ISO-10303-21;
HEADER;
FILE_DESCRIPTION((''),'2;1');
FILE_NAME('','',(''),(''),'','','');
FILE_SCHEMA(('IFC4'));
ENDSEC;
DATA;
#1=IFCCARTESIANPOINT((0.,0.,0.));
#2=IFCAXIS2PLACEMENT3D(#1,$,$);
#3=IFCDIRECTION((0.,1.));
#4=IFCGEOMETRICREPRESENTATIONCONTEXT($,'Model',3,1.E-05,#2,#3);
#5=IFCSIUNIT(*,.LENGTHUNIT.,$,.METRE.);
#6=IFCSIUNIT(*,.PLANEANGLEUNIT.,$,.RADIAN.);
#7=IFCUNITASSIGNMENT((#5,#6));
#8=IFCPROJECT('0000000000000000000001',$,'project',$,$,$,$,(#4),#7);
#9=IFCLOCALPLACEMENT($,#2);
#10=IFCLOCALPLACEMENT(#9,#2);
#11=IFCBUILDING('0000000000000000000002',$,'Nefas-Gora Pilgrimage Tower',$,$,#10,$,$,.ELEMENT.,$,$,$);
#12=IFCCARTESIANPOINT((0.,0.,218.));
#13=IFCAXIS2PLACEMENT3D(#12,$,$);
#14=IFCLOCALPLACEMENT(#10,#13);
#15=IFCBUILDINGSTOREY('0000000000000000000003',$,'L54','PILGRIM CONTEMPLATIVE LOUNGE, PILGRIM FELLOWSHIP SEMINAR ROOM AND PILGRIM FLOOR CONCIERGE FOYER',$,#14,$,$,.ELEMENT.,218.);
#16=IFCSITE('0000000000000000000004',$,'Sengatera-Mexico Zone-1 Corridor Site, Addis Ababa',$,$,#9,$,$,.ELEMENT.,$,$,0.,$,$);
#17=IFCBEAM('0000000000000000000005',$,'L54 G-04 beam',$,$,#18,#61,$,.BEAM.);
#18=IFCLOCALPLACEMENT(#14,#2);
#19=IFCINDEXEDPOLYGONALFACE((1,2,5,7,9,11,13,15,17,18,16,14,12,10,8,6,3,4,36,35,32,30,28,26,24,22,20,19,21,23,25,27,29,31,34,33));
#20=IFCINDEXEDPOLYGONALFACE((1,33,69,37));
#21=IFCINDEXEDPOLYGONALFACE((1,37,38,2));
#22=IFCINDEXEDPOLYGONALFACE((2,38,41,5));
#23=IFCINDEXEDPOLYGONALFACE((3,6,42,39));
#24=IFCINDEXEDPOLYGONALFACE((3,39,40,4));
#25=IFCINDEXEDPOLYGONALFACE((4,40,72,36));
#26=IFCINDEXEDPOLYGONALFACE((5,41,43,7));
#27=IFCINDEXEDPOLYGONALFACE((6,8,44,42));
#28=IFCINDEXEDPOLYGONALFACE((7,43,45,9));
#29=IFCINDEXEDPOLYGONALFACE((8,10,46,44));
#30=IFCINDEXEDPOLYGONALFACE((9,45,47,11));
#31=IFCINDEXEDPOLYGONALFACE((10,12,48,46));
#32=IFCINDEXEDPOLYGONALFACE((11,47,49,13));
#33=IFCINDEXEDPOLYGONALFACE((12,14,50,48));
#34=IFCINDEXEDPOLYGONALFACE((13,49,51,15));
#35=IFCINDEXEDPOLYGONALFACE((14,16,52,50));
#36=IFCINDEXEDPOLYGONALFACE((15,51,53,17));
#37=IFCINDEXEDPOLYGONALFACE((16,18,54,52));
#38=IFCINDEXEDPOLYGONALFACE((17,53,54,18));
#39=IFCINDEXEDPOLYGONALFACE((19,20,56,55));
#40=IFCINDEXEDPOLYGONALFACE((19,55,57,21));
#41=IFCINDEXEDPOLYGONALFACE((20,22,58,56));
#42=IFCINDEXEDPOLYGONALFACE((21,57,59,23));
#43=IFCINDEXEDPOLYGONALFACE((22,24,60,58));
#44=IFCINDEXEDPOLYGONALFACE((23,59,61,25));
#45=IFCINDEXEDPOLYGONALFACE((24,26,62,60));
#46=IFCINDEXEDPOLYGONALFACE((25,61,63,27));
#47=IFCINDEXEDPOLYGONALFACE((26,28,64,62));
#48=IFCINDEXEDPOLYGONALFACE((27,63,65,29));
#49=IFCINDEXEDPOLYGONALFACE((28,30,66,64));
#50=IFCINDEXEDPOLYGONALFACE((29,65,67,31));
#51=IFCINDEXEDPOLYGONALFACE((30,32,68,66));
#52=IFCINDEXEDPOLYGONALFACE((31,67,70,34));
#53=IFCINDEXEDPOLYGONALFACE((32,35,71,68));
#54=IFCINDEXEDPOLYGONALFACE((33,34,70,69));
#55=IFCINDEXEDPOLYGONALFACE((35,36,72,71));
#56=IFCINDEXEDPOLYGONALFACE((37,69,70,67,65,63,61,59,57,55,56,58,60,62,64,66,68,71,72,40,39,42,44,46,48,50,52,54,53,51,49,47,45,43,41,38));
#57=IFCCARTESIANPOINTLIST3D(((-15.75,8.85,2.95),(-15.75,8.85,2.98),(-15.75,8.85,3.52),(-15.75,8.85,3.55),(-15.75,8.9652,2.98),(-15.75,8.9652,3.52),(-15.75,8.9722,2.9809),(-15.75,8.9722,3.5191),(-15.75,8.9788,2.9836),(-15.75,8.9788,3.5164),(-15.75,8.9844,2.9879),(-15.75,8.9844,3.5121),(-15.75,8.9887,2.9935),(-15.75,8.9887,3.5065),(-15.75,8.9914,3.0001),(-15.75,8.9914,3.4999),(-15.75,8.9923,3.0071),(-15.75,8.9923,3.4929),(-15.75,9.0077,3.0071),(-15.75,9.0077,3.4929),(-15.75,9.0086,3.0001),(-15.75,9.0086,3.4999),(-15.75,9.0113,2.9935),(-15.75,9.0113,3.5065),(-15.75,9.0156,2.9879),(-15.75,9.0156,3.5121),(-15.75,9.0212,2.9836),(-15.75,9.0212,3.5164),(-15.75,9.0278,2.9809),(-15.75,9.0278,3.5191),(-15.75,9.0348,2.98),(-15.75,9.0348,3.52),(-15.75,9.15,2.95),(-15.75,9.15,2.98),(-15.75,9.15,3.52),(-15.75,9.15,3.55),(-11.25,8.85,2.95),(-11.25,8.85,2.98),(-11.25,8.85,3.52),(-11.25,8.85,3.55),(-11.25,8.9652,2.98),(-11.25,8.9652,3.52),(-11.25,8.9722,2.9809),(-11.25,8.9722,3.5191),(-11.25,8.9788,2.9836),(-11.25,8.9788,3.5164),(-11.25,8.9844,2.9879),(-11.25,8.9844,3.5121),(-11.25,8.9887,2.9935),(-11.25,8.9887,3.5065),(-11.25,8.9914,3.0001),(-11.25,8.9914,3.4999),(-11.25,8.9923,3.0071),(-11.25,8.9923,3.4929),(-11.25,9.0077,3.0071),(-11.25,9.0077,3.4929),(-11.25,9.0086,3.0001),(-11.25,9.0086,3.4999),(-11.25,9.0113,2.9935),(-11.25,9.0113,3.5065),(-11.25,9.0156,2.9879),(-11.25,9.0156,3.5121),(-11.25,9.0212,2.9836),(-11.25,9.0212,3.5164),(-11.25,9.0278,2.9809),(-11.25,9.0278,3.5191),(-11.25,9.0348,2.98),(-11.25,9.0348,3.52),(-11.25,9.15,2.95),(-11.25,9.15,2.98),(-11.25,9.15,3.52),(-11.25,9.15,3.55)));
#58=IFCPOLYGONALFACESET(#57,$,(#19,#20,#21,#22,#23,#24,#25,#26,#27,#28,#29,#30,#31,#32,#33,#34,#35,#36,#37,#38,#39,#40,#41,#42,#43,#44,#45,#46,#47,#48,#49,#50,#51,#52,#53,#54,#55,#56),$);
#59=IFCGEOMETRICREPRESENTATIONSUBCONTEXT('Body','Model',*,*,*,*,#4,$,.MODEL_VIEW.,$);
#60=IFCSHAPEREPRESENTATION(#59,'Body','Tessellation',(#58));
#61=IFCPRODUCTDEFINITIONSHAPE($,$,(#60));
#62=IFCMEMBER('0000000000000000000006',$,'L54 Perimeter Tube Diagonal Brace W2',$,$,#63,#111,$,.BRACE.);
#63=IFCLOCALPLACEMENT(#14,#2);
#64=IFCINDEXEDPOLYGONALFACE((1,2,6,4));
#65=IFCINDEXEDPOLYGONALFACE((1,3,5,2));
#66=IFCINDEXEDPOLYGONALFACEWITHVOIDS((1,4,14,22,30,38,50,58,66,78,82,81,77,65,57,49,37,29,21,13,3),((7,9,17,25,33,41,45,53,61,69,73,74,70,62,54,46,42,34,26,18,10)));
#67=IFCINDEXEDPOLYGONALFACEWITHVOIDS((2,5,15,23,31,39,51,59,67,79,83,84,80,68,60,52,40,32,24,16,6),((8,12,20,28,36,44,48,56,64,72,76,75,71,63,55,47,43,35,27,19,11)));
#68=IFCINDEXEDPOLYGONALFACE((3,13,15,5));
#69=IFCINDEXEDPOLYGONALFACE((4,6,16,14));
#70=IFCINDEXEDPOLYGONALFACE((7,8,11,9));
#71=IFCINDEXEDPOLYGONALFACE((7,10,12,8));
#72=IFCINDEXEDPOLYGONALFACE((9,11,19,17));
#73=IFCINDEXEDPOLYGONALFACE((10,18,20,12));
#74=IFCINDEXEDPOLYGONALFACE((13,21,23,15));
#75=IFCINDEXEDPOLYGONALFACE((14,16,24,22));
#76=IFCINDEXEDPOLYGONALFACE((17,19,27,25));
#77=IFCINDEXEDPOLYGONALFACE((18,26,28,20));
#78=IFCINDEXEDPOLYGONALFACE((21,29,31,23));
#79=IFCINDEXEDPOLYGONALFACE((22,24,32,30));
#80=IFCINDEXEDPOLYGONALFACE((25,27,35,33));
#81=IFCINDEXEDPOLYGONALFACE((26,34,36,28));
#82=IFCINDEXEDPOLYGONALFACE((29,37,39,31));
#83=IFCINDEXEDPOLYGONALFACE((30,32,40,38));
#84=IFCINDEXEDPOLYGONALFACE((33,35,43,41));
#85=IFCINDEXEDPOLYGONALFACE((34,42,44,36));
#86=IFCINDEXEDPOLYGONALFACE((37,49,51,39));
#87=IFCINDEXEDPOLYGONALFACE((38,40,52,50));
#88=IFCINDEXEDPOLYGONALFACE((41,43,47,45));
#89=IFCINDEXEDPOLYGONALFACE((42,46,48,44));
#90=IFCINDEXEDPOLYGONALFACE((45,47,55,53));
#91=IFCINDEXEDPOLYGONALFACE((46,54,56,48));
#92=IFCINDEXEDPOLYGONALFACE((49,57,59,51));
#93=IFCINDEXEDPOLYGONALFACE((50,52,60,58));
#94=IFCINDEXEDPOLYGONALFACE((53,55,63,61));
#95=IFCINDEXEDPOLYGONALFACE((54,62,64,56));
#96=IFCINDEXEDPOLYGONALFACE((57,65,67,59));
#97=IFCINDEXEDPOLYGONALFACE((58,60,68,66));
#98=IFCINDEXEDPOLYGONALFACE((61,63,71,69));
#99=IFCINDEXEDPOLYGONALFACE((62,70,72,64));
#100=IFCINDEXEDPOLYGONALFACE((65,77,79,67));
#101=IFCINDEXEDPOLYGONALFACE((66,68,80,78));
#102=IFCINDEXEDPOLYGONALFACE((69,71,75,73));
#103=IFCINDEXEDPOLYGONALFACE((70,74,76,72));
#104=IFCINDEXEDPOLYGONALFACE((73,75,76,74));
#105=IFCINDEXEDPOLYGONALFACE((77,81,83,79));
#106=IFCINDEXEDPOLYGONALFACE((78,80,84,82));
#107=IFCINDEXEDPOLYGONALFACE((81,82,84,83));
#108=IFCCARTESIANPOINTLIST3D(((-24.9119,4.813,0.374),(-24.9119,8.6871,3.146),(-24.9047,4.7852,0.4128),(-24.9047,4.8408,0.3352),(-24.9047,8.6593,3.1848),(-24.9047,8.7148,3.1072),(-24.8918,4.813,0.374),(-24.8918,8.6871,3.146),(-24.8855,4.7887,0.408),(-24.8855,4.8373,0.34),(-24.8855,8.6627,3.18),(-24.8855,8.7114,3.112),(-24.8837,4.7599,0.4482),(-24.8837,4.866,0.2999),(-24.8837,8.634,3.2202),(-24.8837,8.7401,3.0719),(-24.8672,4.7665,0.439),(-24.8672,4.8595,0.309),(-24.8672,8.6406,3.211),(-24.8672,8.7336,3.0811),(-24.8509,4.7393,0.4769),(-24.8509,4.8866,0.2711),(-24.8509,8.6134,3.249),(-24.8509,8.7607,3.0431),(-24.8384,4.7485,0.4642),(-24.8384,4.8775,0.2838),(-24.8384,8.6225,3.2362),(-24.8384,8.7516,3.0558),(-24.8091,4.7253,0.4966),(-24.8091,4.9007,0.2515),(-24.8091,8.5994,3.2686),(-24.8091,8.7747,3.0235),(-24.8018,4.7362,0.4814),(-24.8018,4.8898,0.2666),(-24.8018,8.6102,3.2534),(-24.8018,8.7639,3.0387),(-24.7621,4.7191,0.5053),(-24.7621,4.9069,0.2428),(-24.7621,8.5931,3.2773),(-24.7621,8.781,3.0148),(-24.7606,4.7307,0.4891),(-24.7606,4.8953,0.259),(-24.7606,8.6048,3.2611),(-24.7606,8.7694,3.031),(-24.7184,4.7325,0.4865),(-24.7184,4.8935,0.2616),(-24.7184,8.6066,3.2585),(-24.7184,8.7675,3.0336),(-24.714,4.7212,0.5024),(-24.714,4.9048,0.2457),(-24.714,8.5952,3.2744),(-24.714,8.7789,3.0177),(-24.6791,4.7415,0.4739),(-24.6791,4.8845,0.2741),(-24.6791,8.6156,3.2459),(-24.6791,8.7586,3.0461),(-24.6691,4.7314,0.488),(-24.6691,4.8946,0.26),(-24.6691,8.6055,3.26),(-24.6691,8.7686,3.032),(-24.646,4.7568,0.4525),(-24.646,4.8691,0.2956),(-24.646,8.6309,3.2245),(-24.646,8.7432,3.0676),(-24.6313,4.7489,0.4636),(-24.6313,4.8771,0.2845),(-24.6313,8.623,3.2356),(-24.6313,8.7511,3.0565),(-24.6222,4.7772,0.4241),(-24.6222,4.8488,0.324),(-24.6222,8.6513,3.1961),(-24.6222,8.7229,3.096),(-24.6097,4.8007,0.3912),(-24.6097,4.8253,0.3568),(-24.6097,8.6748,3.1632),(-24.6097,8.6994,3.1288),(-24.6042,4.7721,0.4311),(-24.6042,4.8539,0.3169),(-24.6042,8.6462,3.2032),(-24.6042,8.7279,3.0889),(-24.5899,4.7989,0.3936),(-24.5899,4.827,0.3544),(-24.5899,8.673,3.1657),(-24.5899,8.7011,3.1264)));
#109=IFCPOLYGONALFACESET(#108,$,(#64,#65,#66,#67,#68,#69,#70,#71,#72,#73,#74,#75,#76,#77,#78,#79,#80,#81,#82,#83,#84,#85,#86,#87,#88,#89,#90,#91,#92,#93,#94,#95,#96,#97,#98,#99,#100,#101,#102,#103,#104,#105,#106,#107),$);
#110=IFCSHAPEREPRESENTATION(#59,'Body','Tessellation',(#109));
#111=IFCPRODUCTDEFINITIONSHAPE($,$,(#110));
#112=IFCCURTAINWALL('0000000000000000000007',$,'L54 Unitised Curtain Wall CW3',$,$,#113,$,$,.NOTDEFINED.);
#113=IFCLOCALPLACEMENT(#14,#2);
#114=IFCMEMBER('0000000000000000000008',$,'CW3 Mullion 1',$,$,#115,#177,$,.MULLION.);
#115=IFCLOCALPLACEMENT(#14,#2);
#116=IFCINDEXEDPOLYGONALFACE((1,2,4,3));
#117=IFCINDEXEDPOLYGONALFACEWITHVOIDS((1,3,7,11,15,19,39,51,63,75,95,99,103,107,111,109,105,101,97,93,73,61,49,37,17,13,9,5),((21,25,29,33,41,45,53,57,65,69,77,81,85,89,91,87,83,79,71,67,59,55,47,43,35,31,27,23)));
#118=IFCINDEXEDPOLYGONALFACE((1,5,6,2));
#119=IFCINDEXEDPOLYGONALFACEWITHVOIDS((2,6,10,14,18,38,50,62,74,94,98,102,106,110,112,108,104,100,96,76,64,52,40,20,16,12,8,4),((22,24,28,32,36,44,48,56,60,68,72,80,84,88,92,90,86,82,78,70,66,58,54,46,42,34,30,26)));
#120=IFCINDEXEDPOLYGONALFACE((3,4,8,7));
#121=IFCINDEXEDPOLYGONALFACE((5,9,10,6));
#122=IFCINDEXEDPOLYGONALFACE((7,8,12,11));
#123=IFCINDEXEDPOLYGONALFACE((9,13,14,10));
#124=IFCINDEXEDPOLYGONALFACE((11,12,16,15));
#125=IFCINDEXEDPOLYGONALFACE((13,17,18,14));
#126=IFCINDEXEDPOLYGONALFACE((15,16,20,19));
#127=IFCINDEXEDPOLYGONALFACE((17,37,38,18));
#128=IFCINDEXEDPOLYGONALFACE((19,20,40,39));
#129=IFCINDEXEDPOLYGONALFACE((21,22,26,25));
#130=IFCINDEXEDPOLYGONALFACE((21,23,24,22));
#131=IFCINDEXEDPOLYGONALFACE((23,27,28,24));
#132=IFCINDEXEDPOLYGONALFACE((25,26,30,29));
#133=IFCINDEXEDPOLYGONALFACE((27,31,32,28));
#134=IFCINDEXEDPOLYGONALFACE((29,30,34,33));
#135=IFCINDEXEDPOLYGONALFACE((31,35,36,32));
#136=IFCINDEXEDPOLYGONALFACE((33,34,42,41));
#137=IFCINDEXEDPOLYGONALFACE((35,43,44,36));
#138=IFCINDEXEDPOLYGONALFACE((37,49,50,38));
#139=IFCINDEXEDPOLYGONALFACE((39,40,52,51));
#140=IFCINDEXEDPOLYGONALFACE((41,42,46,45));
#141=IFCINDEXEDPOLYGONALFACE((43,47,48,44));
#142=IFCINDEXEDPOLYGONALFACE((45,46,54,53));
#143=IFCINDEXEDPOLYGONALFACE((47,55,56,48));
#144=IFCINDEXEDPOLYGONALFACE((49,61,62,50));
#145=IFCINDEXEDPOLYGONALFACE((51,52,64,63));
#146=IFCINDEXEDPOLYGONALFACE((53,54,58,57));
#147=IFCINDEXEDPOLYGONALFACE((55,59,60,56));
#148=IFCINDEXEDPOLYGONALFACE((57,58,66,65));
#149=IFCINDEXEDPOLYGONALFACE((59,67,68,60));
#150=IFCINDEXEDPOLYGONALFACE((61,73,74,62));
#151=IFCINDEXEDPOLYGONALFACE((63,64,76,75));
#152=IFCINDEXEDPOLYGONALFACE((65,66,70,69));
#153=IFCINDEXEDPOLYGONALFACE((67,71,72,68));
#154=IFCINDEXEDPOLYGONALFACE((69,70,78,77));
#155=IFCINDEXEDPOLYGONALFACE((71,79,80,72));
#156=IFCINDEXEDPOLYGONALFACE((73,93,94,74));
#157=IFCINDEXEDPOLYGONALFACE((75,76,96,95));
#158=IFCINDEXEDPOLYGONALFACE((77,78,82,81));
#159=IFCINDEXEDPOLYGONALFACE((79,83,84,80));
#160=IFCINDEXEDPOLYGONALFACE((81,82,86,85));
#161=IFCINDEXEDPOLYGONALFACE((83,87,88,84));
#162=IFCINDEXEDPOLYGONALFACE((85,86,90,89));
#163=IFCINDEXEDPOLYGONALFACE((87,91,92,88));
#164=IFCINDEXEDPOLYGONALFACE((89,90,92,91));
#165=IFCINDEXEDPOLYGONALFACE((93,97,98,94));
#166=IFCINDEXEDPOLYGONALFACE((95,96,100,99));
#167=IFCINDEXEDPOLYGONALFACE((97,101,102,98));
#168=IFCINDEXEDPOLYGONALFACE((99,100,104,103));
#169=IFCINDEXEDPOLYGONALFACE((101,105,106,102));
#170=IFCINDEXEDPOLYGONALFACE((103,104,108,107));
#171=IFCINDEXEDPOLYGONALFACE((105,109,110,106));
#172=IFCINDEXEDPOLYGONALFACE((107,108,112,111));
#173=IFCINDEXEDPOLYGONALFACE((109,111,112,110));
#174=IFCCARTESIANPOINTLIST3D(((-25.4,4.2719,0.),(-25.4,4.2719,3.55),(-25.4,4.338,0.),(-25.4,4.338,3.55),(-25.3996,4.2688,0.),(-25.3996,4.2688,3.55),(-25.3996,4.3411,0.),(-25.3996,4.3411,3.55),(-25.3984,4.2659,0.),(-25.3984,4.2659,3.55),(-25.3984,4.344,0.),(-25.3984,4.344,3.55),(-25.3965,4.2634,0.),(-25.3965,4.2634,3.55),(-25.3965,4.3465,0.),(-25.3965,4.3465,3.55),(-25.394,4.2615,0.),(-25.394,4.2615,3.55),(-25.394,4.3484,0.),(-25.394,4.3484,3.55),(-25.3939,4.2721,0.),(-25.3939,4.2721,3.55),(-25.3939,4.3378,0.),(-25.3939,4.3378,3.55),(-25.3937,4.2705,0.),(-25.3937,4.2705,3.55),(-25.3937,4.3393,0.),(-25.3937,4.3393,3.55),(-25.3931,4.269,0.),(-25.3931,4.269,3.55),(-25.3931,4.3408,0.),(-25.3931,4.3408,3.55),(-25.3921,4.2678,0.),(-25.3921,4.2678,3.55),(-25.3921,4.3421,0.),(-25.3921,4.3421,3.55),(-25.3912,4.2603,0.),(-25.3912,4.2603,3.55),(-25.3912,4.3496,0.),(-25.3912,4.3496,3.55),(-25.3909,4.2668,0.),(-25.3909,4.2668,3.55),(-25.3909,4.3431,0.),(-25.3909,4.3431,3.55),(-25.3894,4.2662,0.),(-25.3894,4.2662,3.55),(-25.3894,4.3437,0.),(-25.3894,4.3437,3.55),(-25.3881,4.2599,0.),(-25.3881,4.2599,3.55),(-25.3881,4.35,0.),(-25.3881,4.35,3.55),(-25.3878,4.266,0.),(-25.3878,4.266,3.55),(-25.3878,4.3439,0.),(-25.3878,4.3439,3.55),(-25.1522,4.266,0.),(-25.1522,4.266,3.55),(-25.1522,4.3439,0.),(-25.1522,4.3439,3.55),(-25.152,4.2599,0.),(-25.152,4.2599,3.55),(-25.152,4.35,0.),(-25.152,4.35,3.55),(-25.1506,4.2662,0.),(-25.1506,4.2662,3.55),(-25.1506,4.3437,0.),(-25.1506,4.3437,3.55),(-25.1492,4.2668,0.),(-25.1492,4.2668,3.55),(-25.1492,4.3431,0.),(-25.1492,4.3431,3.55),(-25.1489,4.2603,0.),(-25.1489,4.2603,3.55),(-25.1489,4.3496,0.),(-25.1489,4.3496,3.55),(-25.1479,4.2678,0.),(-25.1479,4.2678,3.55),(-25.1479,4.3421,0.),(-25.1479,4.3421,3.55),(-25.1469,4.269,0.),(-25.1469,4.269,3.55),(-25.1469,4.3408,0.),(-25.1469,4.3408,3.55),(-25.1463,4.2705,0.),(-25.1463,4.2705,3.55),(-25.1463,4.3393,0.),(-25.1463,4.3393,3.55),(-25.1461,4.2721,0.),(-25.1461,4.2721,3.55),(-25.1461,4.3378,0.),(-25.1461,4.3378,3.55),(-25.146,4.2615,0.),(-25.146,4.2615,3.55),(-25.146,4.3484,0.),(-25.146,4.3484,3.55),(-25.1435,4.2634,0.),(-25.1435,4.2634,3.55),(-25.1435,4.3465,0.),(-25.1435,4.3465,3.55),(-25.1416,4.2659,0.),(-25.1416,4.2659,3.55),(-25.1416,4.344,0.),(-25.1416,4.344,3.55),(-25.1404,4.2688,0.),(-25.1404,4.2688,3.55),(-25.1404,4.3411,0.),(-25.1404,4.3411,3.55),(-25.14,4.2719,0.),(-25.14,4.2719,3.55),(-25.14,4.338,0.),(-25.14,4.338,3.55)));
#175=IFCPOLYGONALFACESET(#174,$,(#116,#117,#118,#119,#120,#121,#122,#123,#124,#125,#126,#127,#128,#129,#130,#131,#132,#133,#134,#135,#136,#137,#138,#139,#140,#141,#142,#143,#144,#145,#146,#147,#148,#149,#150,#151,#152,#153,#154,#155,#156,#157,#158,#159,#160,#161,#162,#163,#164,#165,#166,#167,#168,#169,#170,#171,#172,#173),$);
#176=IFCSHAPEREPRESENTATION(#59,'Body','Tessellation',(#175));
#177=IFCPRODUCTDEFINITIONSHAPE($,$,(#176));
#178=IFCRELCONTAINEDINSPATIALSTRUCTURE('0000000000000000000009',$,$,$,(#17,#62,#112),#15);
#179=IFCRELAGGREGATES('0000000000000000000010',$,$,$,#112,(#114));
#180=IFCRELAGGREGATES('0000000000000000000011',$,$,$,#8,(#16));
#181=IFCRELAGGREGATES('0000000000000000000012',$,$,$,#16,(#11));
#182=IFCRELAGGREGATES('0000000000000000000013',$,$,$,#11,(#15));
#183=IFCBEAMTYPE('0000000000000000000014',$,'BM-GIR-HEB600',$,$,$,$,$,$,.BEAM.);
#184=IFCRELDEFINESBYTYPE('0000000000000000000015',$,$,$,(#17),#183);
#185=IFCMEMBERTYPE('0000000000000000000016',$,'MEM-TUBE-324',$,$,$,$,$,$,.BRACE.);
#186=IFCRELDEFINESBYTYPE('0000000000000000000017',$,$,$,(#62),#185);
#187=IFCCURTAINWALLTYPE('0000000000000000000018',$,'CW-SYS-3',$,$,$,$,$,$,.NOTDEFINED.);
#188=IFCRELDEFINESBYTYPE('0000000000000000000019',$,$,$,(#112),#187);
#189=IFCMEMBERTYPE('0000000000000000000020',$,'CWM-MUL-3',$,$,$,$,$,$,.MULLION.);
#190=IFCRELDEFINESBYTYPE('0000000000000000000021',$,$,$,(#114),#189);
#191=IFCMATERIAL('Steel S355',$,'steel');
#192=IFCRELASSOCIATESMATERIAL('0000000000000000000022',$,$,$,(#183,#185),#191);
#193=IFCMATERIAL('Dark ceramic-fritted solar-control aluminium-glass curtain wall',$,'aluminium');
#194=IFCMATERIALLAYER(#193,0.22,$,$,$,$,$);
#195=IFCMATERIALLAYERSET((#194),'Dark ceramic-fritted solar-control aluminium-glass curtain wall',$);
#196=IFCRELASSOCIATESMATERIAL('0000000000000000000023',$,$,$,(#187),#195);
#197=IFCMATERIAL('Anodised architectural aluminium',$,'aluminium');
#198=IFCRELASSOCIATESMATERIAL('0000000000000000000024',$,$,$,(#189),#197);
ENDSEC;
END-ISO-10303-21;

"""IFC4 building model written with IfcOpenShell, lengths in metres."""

from ifc_helpers import new_model, si_unit, direction, frame, origin, origin_2d, place, context, subcontext, project, spatial, hollow_rectangle, hollow_circle, i_section, extrude, source, transform, mapped, material, layer, layer_set, material_profile, profile_set, type_object, element, aggregate, save


model = new_model("IFC4")

# Units and contexts
model_context = context("Model", 3, precision=1e-05, world=origin(), true_north=direction((0.0, 1.0)))
body_context = subcontext(model_context, "Body", "Model", "MODEL_VIEW")
ifc_project = project(units=[si_unit("LENGTHUNIT", "METRE"), si_unit("PLANEANGLEUNIT", "RADIAN")], contexts=[model_context])

# Site, building, storey
site_placement = place(None, origin())
site = spatial("IfcSite", under=ifc_project, at=site_placement, Name="Sengatera-Mexico Zone-1 Corridor Site, Addis Ababa", CompositionType="ELEMENT", RefElevation=0.0)
building_placement = place(site_placement, origin())
building = spatial("IfcBuilding", under=site, at=building_placement, Name="Nefas-Gora Pilgrimage Tower", CompositionType="ELEMENT")
storey_placement = place(building_placement, frame((0.0, 0.0, 218.0)))
storey = spatial("IfcBuildingStorey", under=building, at=storey_placement, Name="L54", Description="PILGRIM CONTEMPLATIVE LOUNGE, PILGRIM FELLOWSHIP SEMINAR ROOM AND PILGRIM FLOOR CONCIERGE FOYER", CompositionType="ELEMENT", Elevation=218.0)

# Beam
ifc_material_1 = material(Name="Steel S355", Category="steel")
ifc_material_profile_1 = material_profile(ifc_material_1, i_section(OverallWidth=0.3, OverallDepth=0.6001, WebThickness=0.0154, FlangeThickness=0.03, FilletRadius=0.0271, at=origin_2d()), Name="HEB 600")
ifc_profile_set_1 = profile_set([ifc_material_profile_1], Name="Steel S355")
beam_type_1 = type_object("IfcBeamType", Name="BM-GIR-HEB600", PredefinedType="BEAM", material=ifc_profile_set_1)
shared_shape_1 = source(origin(), body_context, "Body", "SweptSolid", [
    extrude(i_section(OverallWidth=0.3, OverallDepth=0.6001, WebThickness=0.0154, FlangeThickness=0.03, FilletRadius=0.0271, at=origin_2d()), origin(), (0.0, 0.0, 1.0), 4.5),
])
for number, where, z_axis, x_axis, name in (
    (1, (-15.75, 9.0, 3.25), (1.0, 0.0, 0.0), (0.0, 1.0, 0.0), "L54 G-04 beam"),
):
    element("IfcBeam", number, at=place(storey_placement, frame(where, z_axis=z_axis, x_axis=x_axis)), inside=storey, type_object=beam_type_1, Name=name, PredefinedType="BEAM", context=body_context, shape_type="MappedRepresentation", body=[
        mapped(shared_shape_1, transform((0.0, 0.0, 0.0), x_axis=(1.0, 0.0, 0.0), y_axis=(0.0, 1.0, 0.0), z_axis=(0.0, 0.0, 1.0), scale=1.0)),
    ])

# Member
ifc_material_profile_2 = material_profile(ifc_material_1, hollow_circle(Radius=0.1619, WallThickness=0.02, at=origin_2d()), Name="CHS 323.9x20")
ifc_profile_set_2 = profile_set([ifc_material_profile_2], Name="Steel S355")
member_type_1 = type_object("IfcMemberType", Name="MEM-TUBE-324", PredefinedType="BRACE", material=ifc_profile_set_2)
shared_shape_2 = source(origin(), body_context, "Body", "SweptSolid", [
    extrude(hollow_circle(Radius=0.1619, WallThickness=0.02, at=origin_2d()), origin(), (0.0, 0.0, 1.0), 4.7637),
])
member_1_placement = place(storey_placement, frame((-24.75, 4.813, 0.374), z_axis=(0.0, 0.813255, 0.581907), x_axis=(-1.0, 0.0, 0.0)))
element("IfcMember", 2, at=member_1_placement, inside=storey, type_object=member_type_1, Name="L54 Perimeter Tube Diagonal Brace W2", PredefinedType="BRACE", context=body_context, shape_type="MappedRepresentation", body=[
    mapped(shared_shape_2, transform((0.0, 0.0, 0.0), x_axis=(1.0, 0.0, 0.0), y_axis=(0.0, 1.0, 0.0), z_axis=(0.0, 0.0, 1.0), scale=1.0)),
])

# Curtain wall, member
ifc_material_2 = material(Name="Dark ceramic-fritted solar-control aluminium-glass curtain wall", Category="aluminium")
ifc_layer_1 = layer(ifc_material_2, 0.22)
ifc_layer_set_1 = layer_set([ifc_layer_1], Name="Dark ceramic-fritted solar-control aluminium-glass curtain wall")
curtain_wall_type = type_object("IfcCurtainWallType", Name="CW-SYS-3", PredefinedType="NOTDEFINED", material=ifc_layer_set_1)
curtain_wall_placement = place(storey_placement, origin())
curtain_wall = element("IfcCurtainWall", 3, at=curtain_wall_placement, inside=storey, type_object=curtain_wall_type, Name="L54 Unitised Curtain Wall CW3", PredefinedType="NOTDEFINED")
ifc_material_3 = material(Name="Anodised architectural aluminium", Category="aluminium")
ifc_material_profile_3 = material_profile(ifc_material_3, hollow_rectangle(XDim=0.0901, YDim=0.26, WallThickness=0.0061, InnerFilletRadius=0.0061, OuterFilletRadius=0.012, at=origin_2d()), Name="ALU MULLION 90x260")
ifc_profile_set_3 = profile_set([ifc_material_profile_3], Name="Anodised architectural aluminium")
member_type_2 = type_object("IfcMemberType", Name="CWM-MUL-3", PredefinedType="MULLION", material=ifc_profile_set_3)
shared_shape_3 = source(origin(), body_context, "Body", "SweptSolid", [
    extrude(hollow_rectangle(XDim=0.0901, YDim=0.26, WallThickness=0.0061, InnerFilletRadius=0.0061, OuterFilletRadius=0.012, at=origin_2d()), origin(), (0.0, 0.0, 1.0), 3.55),
])
member_2_placement = place(storey_placement, frame((-25.27, 4.3049, 0.0), z_axis=(0.0, 0.0, 1.0), x_axis=(0.0, -1.0, 0.0)))
member_2 = element("IfcMember", 4, at=member_2_placement, type_object=member_type_2, Name="CW3 Mullion 1", PredefinedType="MULLION", context=body_context, shape_type="MappedRepresentation", body=[
    mapped(shared_shape_3, transform((0.0, 0.0, 0.0), x_axis=(1.0, 0.0, 0.0), y_axis=(0.0, 1.0, 0.0), z_axis=(0.0, 0.0, 1.0), scale=1.0)),
])
aggregate(curtain_wall, [member_2])

save(model, "model.ifc")
